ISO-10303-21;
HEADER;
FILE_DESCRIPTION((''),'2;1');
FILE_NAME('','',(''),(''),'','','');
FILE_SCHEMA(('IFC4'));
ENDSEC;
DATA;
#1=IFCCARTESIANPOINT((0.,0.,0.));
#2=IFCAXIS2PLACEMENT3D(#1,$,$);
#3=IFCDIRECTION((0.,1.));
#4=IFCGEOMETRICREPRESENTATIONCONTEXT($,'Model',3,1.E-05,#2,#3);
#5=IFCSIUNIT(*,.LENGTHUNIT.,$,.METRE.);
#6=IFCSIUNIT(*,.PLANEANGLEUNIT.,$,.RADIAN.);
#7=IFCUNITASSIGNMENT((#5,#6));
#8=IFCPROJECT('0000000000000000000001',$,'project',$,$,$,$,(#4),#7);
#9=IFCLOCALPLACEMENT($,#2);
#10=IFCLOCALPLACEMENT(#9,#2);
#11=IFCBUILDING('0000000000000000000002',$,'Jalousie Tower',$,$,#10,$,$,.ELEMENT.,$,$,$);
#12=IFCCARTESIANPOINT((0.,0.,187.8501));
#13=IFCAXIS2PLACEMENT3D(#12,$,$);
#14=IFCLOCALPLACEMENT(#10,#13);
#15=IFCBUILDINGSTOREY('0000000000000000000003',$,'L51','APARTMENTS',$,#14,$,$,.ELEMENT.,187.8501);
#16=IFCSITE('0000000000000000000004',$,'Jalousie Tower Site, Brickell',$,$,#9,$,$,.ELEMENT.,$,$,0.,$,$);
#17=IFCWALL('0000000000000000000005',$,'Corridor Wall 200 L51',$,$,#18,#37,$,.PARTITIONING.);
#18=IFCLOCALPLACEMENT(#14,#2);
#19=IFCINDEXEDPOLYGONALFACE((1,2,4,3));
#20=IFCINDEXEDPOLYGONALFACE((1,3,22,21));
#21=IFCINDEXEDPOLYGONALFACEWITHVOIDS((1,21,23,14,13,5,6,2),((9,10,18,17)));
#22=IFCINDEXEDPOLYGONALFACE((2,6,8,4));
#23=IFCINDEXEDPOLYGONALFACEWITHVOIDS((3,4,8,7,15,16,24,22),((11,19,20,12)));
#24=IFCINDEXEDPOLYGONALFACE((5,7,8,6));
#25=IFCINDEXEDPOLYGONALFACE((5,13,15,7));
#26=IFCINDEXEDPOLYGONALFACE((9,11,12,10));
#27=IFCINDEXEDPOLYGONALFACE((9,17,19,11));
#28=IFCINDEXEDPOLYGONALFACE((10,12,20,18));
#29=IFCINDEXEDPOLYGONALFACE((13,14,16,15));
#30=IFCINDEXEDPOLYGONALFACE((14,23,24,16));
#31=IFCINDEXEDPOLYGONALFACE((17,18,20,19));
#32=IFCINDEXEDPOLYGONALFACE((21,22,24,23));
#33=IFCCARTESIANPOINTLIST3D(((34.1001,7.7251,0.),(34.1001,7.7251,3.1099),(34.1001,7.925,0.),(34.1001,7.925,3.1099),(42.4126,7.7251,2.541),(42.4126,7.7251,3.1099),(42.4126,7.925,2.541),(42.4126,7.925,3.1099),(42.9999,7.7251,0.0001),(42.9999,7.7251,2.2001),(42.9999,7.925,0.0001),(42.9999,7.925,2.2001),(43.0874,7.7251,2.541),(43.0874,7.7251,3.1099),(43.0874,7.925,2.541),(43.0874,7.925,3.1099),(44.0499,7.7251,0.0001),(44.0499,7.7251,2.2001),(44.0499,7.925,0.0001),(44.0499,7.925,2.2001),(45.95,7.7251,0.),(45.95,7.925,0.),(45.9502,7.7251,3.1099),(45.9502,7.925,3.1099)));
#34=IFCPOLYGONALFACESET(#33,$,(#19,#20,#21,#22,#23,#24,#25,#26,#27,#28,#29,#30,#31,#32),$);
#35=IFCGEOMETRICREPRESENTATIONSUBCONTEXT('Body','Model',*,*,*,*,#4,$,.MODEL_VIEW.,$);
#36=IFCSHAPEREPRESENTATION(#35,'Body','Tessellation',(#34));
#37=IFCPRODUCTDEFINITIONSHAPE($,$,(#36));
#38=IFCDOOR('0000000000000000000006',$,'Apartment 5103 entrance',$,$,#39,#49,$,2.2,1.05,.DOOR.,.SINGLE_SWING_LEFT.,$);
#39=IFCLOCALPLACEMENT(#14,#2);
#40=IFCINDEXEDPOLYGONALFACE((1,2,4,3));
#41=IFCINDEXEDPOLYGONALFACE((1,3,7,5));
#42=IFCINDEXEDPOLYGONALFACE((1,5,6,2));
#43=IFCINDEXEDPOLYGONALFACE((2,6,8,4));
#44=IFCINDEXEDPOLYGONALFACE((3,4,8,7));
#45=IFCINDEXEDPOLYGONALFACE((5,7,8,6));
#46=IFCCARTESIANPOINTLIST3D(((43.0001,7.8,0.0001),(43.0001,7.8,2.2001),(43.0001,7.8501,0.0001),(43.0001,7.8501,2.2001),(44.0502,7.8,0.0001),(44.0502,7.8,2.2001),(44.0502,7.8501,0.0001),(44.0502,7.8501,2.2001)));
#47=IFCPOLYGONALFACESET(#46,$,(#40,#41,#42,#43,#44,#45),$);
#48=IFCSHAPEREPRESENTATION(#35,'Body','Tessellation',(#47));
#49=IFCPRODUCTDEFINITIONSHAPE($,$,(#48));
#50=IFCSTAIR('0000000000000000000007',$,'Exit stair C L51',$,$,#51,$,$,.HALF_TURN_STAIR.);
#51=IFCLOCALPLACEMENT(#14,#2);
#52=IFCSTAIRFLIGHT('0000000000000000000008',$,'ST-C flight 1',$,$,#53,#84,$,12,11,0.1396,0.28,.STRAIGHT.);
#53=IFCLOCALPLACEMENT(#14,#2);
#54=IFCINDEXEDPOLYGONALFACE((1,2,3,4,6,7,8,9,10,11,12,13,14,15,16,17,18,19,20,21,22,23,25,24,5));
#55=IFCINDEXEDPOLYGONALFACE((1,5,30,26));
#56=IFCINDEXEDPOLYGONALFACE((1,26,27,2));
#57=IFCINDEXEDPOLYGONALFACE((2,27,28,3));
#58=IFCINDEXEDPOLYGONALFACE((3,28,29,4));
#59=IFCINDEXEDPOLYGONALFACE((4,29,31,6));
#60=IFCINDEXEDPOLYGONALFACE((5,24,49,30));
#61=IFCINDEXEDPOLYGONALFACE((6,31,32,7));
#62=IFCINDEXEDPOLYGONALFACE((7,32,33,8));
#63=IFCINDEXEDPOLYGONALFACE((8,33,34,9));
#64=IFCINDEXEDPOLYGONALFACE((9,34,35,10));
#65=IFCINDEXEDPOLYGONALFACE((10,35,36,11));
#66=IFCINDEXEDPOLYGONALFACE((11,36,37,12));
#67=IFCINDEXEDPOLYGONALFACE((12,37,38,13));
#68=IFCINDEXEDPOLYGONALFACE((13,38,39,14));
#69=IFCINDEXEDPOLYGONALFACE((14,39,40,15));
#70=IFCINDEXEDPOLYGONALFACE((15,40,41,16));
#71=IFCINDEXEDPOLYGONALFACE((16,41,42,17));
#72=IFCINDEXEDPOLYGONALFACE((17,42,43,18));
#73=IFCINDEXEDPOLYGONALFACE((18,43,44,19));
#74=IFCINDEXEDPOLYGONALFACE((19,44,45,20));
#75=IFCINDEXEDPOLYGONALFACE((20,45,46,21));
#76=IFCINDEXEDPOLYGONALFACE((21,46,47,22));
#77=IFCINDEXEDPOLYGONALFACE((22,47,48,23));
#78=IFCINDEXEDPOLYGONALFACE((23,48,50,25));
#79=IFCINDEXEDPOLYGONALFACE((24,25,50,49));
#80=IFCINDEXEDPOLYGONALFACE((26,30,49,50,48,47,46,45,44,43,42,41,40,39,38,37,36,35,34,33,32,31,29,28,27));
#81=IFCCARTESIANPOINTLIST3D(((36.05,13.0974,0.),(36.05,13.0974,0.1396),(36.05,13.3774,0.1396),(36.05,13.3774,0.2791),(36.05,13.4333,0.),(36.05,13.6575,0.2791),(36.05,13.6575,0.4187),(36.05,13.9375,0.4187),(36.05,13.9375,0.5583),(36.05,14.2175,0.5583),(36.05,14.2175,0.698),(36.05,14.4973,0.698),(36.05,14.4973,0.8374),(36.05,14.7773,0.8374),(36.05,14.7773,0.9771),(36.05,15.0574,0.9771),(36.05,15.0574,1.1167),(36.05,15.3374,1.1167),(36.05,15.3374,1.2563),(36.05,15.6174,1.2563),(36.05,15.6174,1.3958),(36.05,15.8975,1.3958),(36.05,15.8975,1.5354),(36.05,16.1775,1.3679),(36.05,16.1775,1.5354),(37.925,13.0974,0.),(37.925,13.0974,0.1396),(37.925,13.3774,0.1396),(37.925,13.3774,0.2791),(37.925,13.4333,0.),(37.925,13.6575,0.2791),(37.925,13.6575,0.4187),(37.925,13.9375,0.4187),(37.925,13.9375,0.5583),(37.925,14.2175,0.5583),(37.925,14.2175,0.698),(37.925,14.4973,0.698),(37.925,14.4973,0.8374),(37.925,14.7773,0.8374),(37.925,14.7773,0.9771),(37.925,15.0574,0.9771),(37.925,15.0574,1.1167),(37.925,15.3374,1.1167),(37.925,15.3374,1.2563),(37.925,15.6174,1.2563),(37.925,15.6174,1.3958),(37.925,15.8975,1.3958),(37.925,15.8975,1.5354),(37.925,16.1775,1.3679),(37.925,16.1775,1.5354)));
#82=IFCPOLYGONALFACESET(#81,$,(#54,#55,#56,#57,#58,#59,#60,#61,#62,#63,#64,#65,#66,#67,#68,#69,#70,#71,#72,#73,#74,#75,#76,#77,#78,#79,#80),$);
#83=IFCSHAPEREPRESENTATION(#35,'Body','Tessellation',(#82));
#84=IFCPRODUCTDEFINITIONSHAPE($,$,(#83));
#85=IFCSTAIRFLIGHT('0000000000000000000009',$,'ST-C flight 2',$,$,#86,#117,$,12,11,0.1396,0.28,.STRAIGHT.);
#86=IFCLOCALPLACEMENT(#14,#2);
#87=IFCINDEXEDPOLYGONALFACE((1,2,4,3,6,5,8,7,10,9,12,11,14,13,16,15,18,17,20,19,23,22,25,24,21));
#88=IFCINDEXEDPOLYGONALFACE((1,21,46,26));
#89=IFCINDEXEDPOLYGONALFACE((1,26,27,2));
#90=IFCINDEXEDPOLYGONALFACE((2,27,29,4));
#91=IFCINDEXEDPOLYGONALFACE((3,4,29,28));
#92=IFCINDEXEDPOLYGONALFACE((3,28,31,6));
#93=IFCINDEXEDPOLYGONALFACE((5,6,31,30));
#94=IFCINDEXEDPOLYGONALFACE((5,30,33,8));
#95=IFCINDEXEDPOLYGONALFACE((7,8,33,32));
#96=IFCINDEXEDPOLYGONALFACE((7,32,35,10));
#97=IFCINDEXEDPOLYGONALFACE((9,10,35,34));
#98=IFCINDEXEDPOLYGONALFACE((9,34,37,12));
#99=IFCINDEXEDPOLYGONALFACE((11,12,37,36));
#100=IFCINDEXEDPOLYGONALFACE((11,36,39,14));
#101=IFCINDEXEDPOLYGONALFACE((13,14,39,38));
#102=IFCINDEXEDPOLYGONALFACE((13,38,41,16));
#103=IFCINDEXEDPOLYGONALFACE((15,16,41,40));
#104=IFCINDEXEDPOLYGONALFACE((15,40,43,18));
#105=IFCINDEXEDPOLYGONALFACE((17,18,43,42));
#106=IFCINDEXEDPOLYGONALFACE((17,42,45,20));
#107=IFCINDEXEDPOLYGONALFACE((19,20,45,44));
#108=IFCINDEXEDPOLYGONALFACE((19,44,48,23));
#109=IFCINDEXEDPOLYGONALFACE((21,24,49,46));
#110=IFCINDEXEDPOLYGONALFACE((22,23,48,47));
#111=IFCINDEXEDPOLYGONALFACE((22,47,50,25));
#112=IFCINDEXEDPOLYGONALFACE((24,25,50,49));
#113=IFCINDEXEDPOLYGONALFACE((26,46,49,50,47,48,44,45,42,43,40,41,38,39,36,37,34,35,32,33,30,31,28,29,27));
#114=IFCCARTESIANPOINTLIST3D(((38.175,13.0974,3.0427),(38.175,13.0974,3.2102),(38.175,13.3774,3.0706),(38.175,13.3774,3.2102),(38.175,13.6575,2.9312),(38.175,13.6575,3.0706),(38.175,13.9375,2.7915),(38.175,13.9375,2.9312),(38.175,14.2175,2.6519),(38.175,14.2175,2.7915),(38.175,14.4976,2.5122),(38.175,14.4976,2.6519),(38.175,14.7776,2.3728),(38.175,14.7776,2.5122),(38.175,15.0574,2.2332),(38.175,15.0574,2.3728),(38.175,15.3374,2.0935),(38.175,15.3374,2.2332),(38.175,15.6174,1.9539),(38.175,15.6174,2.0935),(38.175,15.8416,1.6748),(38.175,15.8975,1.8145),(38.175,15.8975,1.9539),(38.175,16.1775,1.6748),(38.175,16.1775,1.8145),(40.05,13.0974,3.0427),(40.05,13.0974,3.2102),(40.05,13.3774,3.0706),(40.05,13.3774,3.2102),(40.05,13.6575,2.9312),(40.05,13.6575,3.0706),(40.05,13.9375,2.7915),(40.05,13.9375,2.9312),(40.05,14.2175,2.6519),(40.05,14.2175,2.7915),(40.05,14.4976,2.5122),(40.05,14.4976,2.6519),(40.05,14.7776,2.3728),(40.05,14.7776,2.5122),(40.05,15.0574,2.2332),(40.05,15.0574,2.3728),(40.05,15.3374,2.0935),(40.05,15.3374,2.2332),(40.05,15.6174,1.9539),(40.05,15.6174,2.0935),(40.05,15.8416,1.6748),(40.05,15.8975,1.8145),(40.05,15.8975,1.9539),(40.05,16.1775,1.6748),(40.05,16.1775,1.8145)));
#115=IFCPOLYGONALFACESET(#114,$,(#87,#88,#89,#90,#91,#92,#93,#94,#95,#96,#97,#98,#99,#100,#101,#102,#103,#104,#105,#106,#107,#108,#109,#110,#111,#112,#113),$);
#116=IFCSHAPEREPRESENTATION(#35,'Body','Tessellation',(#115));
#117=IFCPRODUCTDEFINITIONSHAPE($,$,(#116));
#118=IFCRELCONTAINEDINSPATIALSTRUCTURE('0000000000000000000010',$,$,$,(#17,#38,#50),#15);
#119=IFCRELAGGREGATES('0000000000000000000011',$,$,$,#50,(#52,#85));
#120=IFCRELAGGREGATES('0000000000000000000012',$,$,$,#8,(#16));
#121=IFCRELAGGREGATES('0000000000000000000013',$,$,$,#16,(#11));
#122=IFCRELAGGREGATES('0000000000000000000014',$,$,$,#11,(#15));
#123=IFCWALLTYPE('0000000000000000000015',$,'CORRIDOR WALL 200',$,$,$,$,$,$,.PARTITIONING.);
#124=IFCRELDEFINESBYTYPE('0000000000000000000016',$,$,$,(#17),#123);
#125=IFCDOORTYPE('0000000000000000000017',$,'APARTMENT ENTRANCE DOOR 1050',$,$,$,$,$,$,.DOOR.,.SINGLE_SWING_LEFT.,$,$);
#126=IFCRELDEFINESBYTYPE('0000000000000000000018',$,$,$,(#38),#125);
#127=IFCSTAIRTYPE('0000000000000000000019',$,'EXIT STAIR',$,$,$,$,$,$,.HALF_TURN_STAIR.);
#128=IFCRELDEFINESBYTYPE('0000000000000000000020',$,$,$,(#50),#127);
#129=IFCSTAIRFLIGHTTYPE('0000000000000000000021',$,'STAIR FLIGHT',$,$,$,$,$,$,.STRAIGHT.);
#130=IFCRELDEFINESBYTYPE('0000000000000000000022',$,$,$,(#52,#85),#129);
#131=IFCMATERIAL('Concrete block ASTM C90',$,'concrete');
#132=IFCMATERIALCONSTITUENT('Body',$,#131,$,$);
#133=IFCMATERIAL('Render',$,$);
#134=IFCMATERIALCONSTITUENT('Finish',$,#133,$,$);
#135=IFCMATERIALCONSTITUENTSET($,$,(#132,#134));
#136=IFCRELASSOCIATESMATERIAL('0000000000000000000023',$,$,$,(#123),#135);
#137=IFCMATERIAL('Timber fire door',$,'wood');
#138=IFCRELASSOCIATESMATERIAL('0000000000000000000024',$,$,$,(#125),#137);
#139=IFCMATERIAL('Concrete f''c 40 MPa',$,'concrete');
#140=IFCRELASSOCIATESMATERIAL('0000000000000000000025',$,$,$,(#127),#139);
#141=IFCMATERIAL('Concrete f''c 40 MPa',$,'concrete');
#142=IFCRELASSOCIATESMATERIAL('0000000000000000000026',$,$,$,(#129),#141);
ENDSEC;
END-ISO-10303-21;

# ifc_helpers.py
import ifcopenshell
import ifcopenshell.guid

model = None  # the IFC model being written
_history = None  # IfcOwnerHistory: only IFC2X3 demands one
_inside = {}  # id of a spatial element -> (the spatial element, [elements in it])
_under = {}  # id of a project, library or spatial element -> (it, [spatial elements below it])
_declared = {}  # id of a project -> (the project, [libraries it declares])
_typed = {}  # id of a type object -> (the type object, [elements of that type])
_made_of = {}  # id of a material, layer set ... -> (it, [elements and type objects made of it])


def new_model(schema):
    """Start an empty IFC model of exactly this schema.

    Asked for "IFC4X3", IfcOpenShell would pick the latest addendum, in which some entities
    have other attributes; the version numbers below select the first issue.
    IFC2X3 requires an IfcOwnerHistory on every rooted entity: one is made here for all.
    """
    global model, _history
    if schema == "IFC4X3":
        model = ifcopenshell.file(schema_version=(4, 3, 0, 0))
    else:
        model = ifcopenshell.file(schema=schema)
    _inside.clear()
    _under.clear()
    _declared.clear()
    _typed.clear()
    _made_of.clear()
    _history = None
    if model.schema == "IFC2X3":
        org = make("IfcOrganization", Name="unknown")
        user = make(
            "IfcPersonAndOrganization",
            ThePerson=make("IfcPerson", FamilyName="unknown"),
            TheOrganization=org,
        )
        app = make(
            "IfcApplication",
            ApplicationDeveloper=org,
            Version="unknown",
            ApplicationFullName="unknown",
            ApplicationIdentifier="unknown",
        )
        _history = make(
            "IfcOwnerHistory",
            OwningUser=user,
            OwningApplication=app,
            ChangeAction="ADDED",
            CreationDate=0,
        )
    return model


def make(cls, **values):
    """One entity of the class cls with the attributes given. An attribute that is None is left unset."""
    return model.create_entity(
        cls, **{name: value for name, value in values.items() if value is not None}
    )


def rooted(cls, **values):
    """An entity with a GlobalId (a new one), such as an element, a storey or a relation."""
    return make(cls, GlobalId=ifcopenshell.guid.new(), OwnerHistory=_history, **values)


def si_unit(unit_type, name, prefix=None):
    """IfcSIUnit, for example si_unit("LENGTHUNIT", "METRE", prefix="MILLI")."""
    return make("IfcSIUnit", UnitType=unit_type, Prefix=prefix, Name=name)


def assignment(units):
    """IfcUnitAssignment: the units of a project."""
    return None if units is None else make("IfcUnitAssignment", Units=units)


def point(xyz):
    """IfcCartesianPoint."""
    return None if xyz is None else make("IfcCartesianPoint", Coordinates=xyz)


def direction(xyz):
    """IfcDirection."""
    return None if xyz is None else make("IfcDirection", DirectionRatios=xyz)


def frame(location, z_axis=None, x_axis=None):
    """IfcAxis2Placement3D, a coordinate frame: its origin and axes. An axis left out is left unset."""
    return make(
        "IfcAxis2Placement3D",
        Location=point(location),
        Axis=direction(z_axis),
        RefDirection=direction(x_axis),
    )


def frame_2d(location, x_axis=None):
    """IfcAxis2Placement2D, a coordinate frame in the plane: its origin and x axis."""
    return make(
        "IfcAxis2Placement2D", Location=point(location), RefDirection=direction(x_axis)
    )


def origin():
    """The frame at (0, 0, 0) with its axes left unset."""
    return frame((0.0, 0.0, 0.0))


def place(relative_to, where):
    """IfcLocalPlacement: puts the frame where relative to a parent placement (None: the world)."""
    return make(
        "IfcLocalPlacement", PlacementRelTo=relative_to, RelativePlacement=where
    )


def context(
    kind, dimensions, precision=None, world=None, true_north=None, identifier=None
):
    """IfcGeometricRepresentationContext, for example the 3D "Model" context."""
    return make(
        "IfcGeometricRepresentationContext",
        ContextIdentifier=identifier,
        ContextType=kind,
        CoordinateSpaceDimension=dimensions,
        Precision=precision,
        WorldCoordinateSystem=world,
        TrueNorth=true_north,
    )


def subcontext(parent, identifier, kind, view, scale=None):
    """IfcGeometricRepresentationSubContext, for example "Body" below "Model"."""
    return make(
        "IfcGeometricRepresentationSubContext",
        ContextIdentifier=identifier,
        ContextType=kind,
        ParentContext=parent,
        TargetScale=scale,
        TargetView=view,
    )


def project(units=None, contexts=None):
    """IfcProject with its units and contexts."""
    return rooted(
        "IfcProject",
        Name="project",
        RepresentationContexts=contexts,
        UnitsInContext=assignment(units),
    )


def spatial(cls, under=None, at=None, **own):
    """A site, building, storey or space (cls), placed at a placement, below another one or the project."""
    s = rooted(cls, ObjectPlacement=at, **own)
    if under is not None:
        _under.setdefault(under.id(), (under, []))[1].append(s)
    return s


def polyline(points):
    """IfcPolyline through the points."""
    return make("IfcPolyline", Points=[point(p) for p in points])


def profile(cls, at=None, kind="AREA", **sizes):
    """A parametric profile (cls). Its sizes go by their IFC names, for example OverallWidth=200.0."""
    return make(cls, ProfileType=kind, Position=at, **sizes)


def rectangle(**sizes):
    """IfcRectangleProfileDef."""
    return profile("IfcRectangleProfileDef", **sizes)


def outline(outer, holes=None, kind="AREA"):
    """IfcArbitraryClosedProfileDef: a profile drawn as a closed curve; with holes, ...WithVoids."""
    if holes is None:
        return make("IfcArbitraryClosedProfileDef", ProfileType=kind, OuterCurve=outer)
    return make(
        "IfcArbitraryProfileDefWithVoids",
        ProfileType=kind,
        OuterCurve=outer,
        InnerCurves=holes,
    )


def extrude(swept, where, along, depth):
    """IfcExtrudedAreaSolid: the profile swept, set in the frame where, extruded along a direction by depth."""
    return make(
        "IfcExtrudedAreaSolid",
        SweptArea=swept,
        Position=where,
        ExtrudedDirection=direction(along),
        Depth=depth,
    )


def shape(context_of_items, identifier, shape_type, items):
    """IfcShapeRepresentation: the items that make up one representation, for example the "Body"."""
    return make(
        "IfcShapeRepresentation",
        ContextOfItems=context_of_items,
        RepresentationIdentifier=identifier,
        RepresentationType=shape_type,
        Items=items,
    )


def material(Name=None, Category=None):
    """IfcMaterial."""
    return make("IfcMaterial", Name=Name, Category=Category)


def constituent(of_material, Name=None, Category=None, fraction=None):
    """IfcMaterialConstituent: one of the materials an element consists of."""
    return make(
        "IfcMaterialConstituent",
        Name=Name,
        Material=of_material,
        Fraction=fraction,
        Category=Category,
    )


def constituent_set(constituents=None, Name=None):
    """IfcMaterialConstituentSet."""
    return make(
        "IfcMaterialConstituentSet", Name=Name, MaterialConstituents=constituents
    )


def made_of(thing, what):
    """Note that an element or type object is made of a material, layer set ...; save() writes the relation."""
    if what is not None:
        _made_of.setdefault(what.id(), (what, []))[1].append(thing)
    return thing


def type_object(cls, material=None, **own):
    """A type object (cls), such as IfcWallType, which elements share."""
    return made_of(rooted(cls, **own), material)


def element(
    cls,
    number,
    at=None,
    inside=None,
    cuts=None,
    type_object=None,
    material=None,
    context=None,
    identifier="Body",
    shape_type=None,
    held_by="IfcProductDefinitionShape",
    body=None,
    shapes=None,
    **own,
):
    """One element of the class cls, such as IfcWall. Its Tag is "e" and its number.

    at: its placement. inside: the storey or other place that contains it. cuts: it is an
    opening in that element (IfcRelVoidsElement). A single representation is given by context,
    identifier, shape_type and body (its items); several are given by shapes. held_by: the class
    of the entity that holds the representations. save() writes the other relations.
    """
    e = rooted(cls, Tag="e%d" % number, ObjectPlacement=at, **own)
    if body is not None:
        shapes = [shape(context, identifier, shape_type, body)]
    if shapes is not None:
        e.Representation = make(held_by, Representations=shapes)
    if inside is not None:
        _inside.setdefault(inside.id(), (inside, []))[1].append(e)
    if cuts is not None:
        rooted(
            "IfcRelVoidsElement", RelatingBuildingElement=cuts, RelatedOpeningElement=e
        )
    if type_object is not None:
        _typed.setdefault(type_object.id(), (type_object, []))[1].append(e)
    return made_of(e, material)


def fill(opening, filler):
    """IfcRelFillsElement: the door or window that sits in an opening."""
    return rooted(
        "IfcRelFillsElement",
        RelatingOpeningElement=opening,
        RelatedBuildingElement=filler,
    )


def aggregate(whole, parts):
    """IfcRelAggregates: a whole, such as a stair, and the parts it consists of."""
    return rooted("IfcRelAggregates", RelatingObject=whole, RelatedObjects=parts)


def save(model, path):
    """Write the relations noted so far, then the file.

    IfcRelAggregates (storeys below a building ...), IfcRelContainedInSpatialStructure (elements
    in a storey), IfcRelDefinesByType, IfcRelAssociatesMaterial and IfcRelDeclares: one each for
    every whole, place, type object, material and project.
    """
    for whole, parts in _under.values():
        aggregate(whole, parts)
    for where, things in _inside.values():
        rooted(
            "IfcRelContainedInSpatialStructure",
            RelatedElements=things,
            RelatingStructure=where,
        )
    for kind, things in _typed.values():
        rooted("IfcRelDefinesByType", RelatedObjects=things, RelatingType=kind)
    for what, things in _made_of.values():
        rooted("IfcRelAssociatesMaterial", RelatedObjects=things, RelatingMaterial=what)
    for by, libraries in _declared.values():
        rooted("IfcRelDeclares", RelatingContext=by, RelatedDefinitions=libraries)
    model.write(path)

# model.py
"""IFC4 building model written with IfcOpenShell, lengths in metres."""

from ifc_helpers import new_model, si_unit, direction, frame, frame_2d, origin, place, context, subcontext, project, spatial, polyline, rectangle, outline, extrude, material, constituent, constituent_set, type_object, element, fill, aggregate, save


model = new_model("IFC4")

# Units and contexts
model_context = context("Model", 3, precision=1e-05, world=origin(), true_north=direction((0.0, 1.0)))
body_context = subcontext(model_context, "Body", "Model", "MODEL_VIEW")
ifc_project = project(units=[si_unit("LENGTHUNIT", "METRE"), si_unit("PLANEANGLEUNIT", "RADIAN")], contexts=[model_context])

# Site, building, storey
site_placement = place(None, origin())
site = spatial("IfcSite", under=ifc_project, at=site_placement, Name="Jalousie Tower Site, Brickell", CompositionType="ELEMENT", RefElevation=0.0)
building_placement = place(site_placement, origin())
building = spatial("IfcBuilding", under=site, at=building_placement, Name="Jalousie Tower", CompositionType="ELEMENT")
storey_placement = place(building_placement, frame((0.0, 0.0, 187.8501)))
storey = spatial("IfcBuildingStorey", under=building, at=storey_placement, Name="L51", Description="APARTMENTS", CompositionType="ELEMENT", Elevation=187.8501)

# Wall, opening, door
ifc_material_1 = material(Name="Concrete block ASTM C90", Category="concrete")
ifc_constituent_1 = constituent(ifc_material_1, Name="Body")
ifc_material_2 = material(Name="Render")
ifc_constituent_2 = constituent(ifc_material_2, Name="Finish")
ifc_constituent_set_1 = constituent_set(constituents=[ifc_constituent_1, ifc_constituent_2])
wall_type_1 = type_object("IfcWallType", Name="CORRIDOR WALL 200", PredefinedType="PARTITIONING", material=ifc_constituent_set_1)
wall_1_placement = place(storey_placement, frame((34.1001, 7.825, 0.0), z_axis=(0.0, 0.0, 1.0), x_axis=(1.0, 0.0, 0.0)))
wall_1 = element("IfcWall", 1, at=wall_1_placement, inside=storey, type_object=wall_type_1, Name="Corridor Wall 200 L51", PredefinedType="PARTITIONING", context=body_context, shape_type="SweptSolid", body=[
    extrude(outline(polyline([(0.0, 0.0), (11.8499, 0.0), (11.8501, 3.1099), (8.9873, 3.1099), (8.9873, 2.541), (8.3125, 2.541), (8.3125, 3.1099), (0.0, 3.1099), (0.0, 0.0)])), frame((0.0, 0.1001, 0.0), z_axis=(0.0, -1.0, 0.0), x_axis=(1.0, 0.0, 0.0)), (0.0, 0.0, 1.0), 0.2),
])
opening_1_placement = place(wall_1_placement, frame((8.8999, 0.0, 0.0)))
opening_1 = element("IfcOpeningElement", 2, at=opening_1_placement, cuts=wall_1, PredefinedType="OPENING", context=body_context, shape_type="SweptSolid", body=[
    extrude(rectangle(XDim=1.05, YDim=2.2, at=frame_2d((0.5249, 1.1001))), frame((0.0, 0.1099, 0.0), z_axis=(0.0, -1.0, 0.0), x_axis=(1.0, 0.0, 0.0)), (0.0, 0.0, 1.0), 0.22),
])
ifc_material_3 = material(Name="Timber fire door", Category="wood")
door_type_1 = type_object("IfcDoorType", Name="APARTMENT ENTRANCE DOOR 1050", OperationType="SINGLE_SWING_LEFT", PredefinedType="DOOR", material=ifc_material_3)
door_1_placement = place(opening_1_placement, frame((1.05, 0.0, 0.0), z_axis=(0.0, 0.0, 1.0), x_axis=(-1.0, 0.0, 0.0)))
door_1 = element("IfcDoor", 3, at=door_1_placement, inside=storey, type_object=door_type_1, Name="Apartment 5103 entrance", OperationType="SINGLE_SWING_LEFT", OverallHeight=2.2, OverallWidth=1.05, PredefinedType="DOOR", context=body_context, shape_type="SweptSolid", body=[
    extrude(rectangle(XDim=1.05, YDim=2.2, at=frame_2d((0.5249, 1.1001))), frame((0.0, 0.0249, 0.0), z_axis=(0.0, -1.0, 0.0), x_axis=(1.0, 0.0, 0.0)), (0.0, 0.0, 1.0), 0.05),
])
fill(opening_1, door_1)

# Stair, stair flights
ifc_material_4 = material(Name="Concrete f'c 40 MPa", Category="concrete")
stair_type = type_object("IfcStairType", Name="EXIT STAIR", PredefinedType="HALF_TURN_STAIR", material=ifc_material_4)
stair_placement = place(storey_placement, origin())
stair = element("IfcStair", 4, at=stair_placement, inside=storey, type_object=stair_type, Name="Exit stair C L51", PredefinedType="HALF_TURN_STAIR")
ifc_material_5 = material(Name="Concrete f'c 40 MPa", Category="concrete")
stair_flight_type = type_object("IfcStairFlightType", Name="STAIR FLIGHT", PredefinedType="STRAIGHT", material=ifc_material_5)
stair_flight_1_placement = place(storey_placement, frame((36.9875, 13.0974, 0.0), z_axis=(0.0, 0.0, 1.0), x_axis=(0.0, 1.0, 0.0)))
stair_flight_1 = element("IfcStairFlight", 5, at=stair_flight_1_placement, type_object=stair_flight_type, Name="ST-C flight 1", NumberOfRisers=12, NumberOfTreads=11, PredefinedType="STRAIGHT", RiserHeight=0.1396, TreadLength=0.28, context=body_context, shape_type="SweptSolid", body=[
    extrude(outline(polyline([(0.0, 0.0), (0.0, 0.1396), (0.28, 0.1396), (0.28, 0.2791), (0.5601, 0.2791), (0.5601, 0.4187), (0.8401, 0.4187), (0.8401, 0.5583), (1.1201, 0.5583), (1.1201, 0.698), (1.3999, 0.698), (1.3999, 0.8374), (1.6799, 0.8374), (1.6799, 0.9771), (1.96, 0.9771), (1.96, 1.1167), (2.24, 1.1167), (2.24, 1.2563), (2.52, 1.2563), (2.52, 1.3958), (2.8, 1.3958), (2.8, 1.5354), (3.0801, 1.5354), (3.0801, 1.675), (3.0801, 1.3679), (0.3359, 0.0), (0.0, 0.0)])), frame((0.0, 0.9375, 0.0), z_axis=(0.0, -1.0, 0.0), x_axis=(1.0, 0.0, 0.0)), (0.0, 0.0, 1.0), 1.875),
])
stair_flight_2_placement = place(storey_placement, frame((39.1125, 16.1775, 1.6748), z_axis=(0.0, 0.0, 1.0), x_axis=(0.0, -1.0, 0.0)))
stair_flight_2 = element("IfcStairFlight", 6, at=stair_flight_2_placement, type_object=stair_flight_type, Name="ST-C flight 2", NumberOfRisers=12, NumberOfTreads=11, PredefinedType="STRAIGHT", RiserHeight=0.1396, TreadLength=0.28, context=body_context, shape_type="SweptSolid", body=[
    extrude(outline(polyline([(0.0, 0.0), (0.0, 0.1396), (0.28, 0.1396), (0.28, 0.2791), (0.5601, 0.2791), (0.5601, 0.4187), (0.8401, 0.4187), (0.8401, 0.5583), (1.1201, 0.5583), (1.1201, 0.698), (1.3999, 0.698), (1.3999, 0.8374), (1.6799, 0.8374), (1.6799, 0.9771), (1.96, 0.9771), (1.96, 1.1167), (2.24, 1.1167), (2.24, 1.2563), (2.52, 1.2563), (2.52, 1.3958), (2.8, 1.3958), (2.8, 1.5354), (3.0801, 1.5354), (3.0801, 1.675), (3.0801, 1.3679), (0.3359, 0.0), (0.0, 0.0)])), frame((0.0, 0.9375, 0.0), z_axis=(0.0, -1.0, 0.0), x_axis=(1.0, 0.0, 0.0)), (0.0, 0.0, 1.0), 1.875),
])
aggregate(stair, [stair_flight_1, stair_flight_2])

save(model, "model.ifc")
